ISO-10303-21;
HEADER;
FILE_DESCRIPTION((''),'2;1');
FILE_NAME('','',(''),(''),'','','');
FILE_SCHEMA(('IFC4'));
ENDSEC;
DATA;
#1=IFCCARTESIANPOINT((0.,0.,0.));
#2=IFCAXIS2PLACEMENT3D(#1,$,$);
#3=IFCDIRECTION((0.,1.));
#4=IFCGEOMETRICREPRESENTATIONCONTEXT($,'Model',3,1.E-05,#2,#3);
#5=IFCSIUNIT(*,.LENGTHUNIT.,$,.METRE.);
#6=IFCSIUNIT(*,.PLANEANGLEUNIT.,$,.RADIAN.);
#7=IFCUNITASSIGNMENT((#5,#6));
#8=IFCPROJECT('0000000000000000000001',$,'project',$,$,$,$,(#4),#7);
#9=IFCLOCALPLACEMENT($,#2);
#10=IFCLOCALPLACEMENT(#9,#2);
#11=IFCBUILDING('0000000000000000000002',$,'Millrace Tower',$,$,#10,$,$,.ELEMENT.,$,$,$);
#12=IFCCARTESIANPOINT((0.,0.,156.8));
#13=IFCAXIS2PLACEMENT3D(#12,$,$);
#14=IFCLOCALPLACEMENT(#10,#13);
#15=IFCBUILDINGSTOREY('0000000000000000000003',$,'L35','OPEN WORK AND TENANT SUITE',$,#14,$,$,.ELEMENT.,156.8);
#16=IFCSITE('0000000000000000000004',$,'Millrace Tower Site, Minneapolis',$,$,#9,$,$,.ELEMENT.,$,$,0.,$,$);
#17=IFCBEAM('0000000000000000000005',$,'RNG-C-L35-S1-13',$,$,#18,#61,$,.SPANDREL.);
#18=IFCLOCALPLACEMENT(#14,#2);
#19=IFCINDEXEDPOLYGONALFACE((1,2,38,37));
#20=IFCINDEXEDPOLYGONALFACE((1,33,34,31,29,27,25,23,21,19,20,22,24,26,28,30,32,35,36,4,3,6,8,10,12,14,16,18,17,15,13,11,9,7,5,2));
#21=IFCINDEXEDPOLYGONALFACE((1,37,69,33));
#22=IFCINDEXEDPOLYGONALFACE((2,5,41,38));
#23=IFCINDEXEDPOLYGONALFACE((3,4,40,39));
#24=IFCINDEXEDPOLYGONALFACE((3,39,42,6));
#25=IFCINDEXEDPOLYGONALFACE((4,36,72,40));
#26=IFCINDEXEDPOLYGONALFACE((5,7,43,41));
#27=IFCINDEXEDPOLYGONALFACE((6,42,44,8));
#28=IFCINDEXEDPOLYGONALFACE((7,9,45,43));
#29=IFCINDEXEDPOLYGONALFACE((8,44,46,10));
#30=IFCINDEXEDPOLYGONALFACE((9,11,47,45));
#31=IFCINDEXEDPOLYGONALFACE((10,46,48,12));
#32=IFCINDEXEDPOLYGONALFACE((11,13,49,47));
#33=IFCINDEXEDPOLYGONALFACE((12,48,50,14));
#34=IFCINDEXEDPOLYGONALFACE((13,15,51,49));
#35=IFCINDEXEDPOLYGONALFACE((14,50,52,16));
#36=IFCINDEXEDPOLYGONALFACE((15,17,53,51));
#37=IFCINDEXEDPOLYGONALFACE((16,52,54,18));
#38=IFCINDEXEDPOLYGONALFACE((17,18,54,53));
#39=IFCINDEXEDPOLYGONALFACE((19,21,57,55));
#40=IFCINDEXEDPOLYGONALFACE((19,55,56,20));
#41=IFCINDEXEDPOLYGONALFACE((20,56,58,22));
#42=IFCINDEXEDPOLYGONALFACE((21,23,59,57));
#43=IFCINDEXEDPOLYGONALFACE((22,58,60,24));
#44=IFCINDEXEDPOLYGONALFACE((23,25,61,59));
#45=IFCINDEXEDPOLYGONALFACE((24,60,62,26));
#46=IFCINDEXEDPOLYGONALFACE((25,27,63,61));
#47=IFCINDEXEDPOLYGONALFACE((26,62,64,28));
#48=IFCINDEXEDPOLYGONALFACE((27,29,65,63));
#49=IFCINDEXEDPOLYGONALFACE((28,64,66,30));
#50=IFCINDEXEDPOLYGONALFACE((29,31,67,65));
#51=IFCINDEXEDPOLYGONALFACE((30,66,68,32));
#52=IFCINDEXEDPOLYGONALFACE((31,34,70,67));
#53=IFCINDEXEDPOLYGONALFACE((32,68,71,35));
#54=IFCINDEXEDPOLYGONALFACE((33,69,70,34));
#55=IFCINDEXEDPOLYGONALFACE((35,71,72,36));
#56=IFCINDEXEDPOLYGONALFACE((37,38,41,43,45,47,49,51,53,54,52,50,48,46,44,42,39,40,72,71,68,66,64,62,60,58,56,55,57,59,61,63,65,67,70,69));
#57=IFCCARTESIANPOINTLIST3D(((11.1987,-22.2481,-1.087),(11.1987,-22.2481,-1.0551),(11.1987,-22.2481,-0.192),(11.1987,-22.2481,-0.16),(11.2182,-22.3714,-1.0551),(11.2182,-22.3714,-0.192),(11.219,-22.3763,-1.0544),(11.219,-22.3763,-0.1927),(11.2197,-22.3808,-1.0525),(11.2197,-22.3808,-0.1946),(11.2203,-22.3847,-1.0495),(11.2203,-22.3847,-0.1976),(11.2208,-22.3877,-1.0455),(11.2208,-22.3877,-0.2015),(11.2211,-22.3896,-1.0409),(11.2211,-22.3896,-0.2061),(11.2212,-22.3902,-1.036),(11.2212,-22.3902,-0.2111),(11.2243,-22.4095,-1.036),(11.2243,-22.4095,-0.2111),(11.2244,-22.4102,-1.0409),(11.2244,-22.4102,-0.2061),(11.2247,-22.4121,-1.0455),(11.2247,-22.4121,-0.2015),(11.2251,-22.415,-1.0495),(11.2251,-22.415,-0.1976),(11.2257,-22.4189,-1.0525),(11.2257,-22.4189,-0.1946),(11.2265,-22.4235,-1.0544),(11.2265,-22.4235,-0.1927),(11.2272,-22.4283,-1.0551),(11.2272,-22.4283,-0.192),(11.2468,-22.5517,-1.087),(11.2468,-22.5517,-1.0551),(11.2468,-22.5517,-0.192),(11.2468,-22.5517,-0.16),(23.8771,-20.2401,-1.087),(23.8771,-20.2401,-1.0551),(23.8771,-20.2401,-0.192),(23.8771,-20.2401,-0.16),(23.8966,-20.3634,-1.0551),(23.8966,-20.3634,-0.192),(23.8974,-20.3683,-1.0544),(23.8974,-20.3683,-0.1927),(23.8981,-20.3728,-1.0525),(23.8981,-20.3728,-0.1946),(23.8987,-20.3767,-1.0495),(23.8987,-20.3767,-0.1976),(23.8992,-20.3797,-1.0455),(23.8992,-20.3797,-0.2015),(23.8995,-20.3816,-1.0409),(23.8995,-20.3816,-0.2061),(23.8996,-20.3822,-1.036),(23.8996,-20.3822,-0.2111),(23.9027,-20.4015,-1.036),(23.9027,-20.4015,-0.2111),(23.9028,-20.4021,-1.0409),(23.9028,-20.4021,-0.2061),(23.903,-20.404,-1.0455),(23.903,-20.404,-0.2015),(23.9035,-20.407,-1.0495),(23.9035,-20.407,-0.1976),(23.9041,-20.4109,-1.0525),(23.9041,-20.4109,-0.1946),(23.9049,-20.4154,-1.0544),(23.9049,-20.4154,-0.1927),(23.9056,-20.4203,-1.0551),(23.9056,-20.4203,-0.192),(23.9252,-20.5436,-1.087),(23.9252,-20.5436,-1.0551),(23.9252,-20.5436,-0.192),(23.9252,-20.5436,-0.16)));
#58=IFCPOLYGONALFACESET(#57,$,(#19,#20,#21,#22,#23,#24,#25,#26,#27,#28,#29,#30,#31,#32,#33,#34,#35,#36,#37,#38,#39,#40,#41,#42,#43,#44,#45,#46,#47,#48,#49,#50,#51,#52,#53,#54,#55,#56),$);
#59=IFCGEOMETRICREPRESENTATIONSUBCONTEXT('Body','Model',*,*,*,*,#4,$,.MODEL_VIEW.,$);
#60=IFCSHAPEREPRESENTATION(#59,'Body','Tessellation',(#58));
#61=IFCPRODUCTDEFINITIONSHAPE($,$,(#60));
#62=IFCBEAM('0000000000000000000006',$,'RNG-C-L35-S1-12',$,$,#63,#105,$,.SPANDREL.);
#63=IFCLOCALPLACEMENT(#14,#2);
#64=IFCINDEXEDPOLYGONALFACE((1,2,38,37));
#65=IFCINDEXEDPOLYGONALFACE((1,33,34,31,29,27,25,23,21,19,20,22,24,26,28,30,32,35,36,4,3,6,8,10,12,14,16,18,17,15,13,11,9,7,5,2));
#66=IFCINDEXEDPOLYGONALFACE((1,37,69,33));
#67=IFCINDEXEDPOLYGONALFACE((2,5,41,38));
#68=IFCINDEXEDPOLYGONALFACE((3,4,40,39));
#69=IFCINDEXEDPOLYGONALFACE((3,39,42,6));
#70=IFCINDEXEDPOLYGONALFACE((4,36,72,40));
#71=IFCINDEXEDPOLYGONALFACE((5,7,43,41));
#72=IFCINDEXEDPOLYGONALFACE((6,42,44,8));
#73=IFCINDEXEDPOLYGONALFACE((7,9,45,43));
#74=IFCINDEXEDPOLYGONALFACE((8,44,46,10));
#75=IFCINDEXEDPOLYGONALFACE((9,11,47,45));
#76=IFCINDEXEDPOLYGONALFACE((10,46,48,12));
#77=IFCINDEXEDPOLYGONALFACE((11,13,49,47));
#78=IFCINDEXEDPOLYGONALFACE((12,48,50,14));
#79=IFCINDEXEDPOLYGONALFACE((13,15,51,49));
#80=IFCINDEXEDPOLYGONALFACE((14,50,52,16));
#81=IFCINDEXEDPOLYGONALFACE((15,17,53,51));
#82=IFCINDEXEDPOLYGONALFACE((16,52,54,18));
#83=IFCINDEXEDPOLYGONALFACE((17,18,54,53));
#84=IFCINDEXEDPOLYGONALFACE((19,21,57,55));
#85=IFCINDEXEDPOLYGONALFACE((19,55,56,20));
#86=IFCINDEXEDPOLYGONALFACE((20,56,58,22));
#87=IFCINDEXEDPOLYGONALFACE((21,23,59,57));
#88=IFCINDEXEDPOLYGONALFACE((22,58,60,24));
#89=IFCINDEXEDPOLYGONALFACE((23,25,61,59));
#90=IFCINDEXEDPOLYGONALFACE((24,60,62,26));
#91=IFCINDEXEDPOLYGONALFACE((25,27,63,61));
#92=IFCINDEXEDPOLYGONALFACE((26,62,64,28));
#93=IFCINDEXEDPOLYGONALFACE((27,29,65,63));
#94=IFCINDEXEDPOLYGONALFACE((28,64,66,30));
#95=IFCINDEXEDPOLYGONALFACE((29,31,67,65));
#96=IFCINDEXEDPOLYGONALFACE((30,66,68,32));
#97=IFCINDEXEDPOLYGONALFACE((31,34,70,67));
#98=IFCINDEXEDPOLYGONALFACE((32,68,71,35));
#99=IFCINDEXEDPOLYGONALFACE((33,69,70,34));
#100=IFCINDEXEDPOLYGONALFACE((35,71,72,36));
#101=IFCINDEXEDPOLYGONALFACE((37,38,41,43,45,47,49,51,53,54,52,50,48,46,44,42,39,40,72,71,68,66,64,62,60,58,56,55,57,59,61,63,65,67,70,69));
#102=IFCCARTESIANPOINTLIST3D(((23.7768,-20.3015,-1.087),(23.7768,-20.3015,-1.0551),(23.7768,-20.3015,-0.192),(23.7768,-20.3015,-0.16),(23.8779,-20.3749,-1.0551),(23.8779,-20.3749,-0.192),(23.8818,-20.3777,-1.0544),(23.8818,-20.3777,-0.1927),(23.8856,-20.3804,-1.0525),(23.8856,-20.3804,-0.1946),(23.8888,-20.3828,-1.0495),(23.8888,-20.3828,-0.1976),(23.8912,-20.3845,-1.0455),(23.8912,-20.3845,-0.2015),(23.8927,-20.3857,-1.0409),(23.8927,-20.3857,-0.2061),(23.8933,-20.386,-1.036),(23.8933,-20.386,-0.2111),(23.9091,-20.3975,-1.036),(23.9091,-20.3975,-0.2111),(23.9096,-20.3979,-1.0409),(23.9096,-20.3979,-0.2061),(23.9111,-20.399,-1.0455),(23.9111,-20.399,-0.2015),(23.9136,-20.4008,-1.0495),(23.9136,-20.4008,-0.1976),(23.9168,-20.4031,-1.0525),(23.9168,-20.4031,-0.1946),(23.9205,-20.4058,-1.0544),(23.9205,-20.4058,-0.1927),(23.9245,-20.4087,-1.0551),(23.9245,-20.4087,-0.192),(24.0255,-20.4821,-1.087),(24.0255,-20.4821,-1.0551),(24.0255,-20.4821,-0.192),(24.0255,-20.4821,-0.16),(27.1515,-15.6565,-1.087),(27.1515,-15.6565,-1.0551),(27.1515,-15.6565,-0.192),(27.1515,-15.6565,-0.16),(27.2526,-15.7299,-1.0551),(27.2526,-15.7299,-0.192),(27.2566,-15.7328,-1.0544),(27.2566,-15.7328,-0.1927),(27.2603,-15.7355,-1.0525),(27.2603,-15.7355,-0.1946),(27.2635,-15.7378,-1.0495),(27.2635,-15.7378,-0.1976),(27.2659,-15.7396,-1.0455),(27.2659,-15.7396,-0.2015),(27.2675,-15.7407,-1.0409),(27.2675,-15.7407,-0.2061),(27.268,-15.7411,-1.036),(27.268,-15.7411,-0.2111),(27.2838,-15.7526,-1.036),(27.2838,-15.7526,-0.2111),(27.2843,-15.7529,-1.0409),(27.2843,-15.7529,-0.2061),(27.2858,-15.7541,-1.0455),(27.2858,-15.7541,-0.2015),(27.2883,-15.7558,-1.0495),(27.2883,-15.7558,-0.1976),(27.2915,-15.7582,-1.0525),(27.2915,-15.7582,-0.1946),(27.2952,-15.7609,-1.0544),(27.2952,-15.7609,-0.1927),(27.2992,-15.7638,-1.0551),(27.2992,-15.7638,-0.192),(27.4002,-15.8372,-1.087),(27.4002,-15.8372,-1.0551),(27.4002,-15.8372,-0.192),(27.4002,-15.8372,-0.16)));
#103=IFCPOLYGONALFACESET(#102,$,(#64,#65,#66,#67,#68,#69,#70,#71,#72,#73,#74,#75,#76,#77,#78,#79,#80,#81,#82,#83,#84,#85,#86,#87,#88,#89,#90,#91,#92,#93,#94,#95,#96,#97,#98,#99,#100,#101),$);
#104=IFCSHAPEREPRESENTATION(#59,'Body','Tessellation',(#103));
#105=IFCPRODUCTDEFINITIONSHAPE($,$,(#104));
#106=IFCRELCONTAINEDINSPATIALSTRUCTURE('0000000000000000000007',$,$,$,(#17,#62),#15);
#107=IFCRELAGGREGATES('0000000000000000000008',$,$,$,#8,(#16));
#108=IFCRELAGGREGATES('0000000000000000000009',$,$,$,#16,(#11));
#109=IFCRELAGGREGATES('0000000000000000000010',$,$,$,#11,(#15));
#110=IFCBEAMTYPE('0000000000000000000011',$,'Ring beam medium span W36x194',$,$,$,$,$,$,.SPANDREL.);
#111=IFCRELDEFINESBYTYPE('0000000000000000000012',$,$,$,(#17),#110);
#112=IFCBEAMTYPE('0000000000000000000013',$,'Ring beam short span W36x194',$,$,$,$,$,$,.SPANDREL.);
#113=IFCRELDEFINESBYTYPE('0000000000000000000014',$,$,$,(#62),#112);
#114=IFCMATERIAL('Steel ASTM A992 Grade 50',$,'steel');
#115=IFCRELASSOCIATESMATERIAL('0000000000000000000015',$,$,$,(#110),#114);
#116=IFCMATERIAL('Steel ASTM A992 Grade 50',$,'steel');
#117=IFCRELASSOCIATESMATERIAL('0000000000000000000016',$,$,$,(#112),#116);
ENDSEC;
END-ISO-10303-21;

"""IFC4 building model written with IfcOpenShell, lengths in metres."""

from ifc_helpers import new_model, si_unit, direction, frame, origin, origin_2d, place, context, subcontext, project, spatial, i_section, extrude, material, material_profile, profile_set, type_object, element, save


model = new_model("IFC4")

# Units and contexts
model_context = context("Model", 3, precision=1e-05, world=origin(), true_north=direction((0.0, 1.0)))
body_context = subcontext(model_context, "Body", "Model", "MODEL_VIEW")
ifc_project = project(units=[si_unit("LENGTHUNIT", "METRE"), si_unit("PLANEANGLEUNIT", "RADIAN")], contexts=[model_context])

# Site, building, storey
site_placement = place(None, origin())
site = spatial("IfcSite", under=ifc_project, at=site_placement, Name="Millrace Tower Site, Minneapolis", CompositionType="ELEMENT", RefElevation=0.0)
building_placement = place(site_placement, origin())
building = spatial("IfcBuilding", under=site, at=building_placement, Name="Millrace Tower", CompositionType="ELEMENT")
storey_placement = place(building_placement, frame((0.0, 0.0, 156.8)))
storey = spatial("IfcBuildingStorey", under=building, at=storey_placement, Name="L35", Description="OPEN WORK AND TENANT SUITE", CompositionType="ELEMENT", Elevation=156.8)

# Beams
ifc_material_1 = material(Name="Steel ASTM A992 Grade 50", Category="steel")
ifc_material_profile_1 = material_profile(ifc_material_1, i_section(OverallWidth=0.3074, OverallDepth=0.927, WebThickness=0.0195, FlangeThickness=0.032, FilletRadius=0.019, at=origin_2d()))
ifc_profile_set_1 = profile_set([ifc_material_profile_1], Name="Steel ASTM A992 Grade 50")
beam_type_1 = type_object("IfcBeamType", Name="Ring beam medium span W36x194", PredefinedType="SPANDREL", material=ifc_profile_set_1)
beam_1_placement = place(storey_placement, frame((23.9011, -20.3918, -0.6235), z_axis=(-0.987689, -0.156433, 0.0), x_axis=(0.156433, -0.987689, 0.0)))
element("IfcBeam", 1, at=beam_1_placement, inside=storey, type_object=beam_type_1, Name="RNG-C-L35-S1-13", PredefinedType="SPANDREL", context=body_context, shape_type="SweptSolid", body=[
    extrude(i_section(OverallWidth=0.3074, OverallDepth=0.927, WebThickness=0.0195, FlangeThickness=0.032, FilletRadius=0.019, at=origin_2d()), origin(), (0.0, 0.0, 1.0), 12.8364),
])
ifc_material_2 = material(Name="Steel ASTM A992 Grade 50", Category="steel")
ifc_material_profile_2 = material_profile(ifc_material_2, i_section(OverallWidth=0.3074, OverallDepth=0.927, WebThickness=0.0195, FlangeThickness=0.032, FilletRadius=0.019, at=origin_2d()))
ifc_profile_set_2 = profile_set([ifc_material_profile_2], Name="Steel ASTM A992 Grade 50")
beam_type_2 = type_object("IfcBeamType", Name="Ring beam short span W36x194", PredefinedType="SPANDREL", material=ifc_profile_set_2)
beam_2_placement = place(storey_placement, frame((27.2759, -15.7468, -0.6235), z_axis=(-0.58778, -0.809021, 0.0), x_axis=(0.809021, -0.58778, 0.0)))
element("IfcBeam", 2, at=beam_2_placement, inside=storey, type_object=beam_type_2, Name="RNG-C-L35-S1-12", PredefinedType="SPANDREL", context=body_context, shape_type="SweptSolid", body=[
    extrude(i_section(OverallWidth=0.3074, OverallDepth=0.927, WebThickness=0.0195, FlangeThickness=0.032, FilletRadius=0.019, at=origin_2d()), origin(), (0.0, 0.0, 1.0), 5.7415),
])

save(model, "model.ifc")
